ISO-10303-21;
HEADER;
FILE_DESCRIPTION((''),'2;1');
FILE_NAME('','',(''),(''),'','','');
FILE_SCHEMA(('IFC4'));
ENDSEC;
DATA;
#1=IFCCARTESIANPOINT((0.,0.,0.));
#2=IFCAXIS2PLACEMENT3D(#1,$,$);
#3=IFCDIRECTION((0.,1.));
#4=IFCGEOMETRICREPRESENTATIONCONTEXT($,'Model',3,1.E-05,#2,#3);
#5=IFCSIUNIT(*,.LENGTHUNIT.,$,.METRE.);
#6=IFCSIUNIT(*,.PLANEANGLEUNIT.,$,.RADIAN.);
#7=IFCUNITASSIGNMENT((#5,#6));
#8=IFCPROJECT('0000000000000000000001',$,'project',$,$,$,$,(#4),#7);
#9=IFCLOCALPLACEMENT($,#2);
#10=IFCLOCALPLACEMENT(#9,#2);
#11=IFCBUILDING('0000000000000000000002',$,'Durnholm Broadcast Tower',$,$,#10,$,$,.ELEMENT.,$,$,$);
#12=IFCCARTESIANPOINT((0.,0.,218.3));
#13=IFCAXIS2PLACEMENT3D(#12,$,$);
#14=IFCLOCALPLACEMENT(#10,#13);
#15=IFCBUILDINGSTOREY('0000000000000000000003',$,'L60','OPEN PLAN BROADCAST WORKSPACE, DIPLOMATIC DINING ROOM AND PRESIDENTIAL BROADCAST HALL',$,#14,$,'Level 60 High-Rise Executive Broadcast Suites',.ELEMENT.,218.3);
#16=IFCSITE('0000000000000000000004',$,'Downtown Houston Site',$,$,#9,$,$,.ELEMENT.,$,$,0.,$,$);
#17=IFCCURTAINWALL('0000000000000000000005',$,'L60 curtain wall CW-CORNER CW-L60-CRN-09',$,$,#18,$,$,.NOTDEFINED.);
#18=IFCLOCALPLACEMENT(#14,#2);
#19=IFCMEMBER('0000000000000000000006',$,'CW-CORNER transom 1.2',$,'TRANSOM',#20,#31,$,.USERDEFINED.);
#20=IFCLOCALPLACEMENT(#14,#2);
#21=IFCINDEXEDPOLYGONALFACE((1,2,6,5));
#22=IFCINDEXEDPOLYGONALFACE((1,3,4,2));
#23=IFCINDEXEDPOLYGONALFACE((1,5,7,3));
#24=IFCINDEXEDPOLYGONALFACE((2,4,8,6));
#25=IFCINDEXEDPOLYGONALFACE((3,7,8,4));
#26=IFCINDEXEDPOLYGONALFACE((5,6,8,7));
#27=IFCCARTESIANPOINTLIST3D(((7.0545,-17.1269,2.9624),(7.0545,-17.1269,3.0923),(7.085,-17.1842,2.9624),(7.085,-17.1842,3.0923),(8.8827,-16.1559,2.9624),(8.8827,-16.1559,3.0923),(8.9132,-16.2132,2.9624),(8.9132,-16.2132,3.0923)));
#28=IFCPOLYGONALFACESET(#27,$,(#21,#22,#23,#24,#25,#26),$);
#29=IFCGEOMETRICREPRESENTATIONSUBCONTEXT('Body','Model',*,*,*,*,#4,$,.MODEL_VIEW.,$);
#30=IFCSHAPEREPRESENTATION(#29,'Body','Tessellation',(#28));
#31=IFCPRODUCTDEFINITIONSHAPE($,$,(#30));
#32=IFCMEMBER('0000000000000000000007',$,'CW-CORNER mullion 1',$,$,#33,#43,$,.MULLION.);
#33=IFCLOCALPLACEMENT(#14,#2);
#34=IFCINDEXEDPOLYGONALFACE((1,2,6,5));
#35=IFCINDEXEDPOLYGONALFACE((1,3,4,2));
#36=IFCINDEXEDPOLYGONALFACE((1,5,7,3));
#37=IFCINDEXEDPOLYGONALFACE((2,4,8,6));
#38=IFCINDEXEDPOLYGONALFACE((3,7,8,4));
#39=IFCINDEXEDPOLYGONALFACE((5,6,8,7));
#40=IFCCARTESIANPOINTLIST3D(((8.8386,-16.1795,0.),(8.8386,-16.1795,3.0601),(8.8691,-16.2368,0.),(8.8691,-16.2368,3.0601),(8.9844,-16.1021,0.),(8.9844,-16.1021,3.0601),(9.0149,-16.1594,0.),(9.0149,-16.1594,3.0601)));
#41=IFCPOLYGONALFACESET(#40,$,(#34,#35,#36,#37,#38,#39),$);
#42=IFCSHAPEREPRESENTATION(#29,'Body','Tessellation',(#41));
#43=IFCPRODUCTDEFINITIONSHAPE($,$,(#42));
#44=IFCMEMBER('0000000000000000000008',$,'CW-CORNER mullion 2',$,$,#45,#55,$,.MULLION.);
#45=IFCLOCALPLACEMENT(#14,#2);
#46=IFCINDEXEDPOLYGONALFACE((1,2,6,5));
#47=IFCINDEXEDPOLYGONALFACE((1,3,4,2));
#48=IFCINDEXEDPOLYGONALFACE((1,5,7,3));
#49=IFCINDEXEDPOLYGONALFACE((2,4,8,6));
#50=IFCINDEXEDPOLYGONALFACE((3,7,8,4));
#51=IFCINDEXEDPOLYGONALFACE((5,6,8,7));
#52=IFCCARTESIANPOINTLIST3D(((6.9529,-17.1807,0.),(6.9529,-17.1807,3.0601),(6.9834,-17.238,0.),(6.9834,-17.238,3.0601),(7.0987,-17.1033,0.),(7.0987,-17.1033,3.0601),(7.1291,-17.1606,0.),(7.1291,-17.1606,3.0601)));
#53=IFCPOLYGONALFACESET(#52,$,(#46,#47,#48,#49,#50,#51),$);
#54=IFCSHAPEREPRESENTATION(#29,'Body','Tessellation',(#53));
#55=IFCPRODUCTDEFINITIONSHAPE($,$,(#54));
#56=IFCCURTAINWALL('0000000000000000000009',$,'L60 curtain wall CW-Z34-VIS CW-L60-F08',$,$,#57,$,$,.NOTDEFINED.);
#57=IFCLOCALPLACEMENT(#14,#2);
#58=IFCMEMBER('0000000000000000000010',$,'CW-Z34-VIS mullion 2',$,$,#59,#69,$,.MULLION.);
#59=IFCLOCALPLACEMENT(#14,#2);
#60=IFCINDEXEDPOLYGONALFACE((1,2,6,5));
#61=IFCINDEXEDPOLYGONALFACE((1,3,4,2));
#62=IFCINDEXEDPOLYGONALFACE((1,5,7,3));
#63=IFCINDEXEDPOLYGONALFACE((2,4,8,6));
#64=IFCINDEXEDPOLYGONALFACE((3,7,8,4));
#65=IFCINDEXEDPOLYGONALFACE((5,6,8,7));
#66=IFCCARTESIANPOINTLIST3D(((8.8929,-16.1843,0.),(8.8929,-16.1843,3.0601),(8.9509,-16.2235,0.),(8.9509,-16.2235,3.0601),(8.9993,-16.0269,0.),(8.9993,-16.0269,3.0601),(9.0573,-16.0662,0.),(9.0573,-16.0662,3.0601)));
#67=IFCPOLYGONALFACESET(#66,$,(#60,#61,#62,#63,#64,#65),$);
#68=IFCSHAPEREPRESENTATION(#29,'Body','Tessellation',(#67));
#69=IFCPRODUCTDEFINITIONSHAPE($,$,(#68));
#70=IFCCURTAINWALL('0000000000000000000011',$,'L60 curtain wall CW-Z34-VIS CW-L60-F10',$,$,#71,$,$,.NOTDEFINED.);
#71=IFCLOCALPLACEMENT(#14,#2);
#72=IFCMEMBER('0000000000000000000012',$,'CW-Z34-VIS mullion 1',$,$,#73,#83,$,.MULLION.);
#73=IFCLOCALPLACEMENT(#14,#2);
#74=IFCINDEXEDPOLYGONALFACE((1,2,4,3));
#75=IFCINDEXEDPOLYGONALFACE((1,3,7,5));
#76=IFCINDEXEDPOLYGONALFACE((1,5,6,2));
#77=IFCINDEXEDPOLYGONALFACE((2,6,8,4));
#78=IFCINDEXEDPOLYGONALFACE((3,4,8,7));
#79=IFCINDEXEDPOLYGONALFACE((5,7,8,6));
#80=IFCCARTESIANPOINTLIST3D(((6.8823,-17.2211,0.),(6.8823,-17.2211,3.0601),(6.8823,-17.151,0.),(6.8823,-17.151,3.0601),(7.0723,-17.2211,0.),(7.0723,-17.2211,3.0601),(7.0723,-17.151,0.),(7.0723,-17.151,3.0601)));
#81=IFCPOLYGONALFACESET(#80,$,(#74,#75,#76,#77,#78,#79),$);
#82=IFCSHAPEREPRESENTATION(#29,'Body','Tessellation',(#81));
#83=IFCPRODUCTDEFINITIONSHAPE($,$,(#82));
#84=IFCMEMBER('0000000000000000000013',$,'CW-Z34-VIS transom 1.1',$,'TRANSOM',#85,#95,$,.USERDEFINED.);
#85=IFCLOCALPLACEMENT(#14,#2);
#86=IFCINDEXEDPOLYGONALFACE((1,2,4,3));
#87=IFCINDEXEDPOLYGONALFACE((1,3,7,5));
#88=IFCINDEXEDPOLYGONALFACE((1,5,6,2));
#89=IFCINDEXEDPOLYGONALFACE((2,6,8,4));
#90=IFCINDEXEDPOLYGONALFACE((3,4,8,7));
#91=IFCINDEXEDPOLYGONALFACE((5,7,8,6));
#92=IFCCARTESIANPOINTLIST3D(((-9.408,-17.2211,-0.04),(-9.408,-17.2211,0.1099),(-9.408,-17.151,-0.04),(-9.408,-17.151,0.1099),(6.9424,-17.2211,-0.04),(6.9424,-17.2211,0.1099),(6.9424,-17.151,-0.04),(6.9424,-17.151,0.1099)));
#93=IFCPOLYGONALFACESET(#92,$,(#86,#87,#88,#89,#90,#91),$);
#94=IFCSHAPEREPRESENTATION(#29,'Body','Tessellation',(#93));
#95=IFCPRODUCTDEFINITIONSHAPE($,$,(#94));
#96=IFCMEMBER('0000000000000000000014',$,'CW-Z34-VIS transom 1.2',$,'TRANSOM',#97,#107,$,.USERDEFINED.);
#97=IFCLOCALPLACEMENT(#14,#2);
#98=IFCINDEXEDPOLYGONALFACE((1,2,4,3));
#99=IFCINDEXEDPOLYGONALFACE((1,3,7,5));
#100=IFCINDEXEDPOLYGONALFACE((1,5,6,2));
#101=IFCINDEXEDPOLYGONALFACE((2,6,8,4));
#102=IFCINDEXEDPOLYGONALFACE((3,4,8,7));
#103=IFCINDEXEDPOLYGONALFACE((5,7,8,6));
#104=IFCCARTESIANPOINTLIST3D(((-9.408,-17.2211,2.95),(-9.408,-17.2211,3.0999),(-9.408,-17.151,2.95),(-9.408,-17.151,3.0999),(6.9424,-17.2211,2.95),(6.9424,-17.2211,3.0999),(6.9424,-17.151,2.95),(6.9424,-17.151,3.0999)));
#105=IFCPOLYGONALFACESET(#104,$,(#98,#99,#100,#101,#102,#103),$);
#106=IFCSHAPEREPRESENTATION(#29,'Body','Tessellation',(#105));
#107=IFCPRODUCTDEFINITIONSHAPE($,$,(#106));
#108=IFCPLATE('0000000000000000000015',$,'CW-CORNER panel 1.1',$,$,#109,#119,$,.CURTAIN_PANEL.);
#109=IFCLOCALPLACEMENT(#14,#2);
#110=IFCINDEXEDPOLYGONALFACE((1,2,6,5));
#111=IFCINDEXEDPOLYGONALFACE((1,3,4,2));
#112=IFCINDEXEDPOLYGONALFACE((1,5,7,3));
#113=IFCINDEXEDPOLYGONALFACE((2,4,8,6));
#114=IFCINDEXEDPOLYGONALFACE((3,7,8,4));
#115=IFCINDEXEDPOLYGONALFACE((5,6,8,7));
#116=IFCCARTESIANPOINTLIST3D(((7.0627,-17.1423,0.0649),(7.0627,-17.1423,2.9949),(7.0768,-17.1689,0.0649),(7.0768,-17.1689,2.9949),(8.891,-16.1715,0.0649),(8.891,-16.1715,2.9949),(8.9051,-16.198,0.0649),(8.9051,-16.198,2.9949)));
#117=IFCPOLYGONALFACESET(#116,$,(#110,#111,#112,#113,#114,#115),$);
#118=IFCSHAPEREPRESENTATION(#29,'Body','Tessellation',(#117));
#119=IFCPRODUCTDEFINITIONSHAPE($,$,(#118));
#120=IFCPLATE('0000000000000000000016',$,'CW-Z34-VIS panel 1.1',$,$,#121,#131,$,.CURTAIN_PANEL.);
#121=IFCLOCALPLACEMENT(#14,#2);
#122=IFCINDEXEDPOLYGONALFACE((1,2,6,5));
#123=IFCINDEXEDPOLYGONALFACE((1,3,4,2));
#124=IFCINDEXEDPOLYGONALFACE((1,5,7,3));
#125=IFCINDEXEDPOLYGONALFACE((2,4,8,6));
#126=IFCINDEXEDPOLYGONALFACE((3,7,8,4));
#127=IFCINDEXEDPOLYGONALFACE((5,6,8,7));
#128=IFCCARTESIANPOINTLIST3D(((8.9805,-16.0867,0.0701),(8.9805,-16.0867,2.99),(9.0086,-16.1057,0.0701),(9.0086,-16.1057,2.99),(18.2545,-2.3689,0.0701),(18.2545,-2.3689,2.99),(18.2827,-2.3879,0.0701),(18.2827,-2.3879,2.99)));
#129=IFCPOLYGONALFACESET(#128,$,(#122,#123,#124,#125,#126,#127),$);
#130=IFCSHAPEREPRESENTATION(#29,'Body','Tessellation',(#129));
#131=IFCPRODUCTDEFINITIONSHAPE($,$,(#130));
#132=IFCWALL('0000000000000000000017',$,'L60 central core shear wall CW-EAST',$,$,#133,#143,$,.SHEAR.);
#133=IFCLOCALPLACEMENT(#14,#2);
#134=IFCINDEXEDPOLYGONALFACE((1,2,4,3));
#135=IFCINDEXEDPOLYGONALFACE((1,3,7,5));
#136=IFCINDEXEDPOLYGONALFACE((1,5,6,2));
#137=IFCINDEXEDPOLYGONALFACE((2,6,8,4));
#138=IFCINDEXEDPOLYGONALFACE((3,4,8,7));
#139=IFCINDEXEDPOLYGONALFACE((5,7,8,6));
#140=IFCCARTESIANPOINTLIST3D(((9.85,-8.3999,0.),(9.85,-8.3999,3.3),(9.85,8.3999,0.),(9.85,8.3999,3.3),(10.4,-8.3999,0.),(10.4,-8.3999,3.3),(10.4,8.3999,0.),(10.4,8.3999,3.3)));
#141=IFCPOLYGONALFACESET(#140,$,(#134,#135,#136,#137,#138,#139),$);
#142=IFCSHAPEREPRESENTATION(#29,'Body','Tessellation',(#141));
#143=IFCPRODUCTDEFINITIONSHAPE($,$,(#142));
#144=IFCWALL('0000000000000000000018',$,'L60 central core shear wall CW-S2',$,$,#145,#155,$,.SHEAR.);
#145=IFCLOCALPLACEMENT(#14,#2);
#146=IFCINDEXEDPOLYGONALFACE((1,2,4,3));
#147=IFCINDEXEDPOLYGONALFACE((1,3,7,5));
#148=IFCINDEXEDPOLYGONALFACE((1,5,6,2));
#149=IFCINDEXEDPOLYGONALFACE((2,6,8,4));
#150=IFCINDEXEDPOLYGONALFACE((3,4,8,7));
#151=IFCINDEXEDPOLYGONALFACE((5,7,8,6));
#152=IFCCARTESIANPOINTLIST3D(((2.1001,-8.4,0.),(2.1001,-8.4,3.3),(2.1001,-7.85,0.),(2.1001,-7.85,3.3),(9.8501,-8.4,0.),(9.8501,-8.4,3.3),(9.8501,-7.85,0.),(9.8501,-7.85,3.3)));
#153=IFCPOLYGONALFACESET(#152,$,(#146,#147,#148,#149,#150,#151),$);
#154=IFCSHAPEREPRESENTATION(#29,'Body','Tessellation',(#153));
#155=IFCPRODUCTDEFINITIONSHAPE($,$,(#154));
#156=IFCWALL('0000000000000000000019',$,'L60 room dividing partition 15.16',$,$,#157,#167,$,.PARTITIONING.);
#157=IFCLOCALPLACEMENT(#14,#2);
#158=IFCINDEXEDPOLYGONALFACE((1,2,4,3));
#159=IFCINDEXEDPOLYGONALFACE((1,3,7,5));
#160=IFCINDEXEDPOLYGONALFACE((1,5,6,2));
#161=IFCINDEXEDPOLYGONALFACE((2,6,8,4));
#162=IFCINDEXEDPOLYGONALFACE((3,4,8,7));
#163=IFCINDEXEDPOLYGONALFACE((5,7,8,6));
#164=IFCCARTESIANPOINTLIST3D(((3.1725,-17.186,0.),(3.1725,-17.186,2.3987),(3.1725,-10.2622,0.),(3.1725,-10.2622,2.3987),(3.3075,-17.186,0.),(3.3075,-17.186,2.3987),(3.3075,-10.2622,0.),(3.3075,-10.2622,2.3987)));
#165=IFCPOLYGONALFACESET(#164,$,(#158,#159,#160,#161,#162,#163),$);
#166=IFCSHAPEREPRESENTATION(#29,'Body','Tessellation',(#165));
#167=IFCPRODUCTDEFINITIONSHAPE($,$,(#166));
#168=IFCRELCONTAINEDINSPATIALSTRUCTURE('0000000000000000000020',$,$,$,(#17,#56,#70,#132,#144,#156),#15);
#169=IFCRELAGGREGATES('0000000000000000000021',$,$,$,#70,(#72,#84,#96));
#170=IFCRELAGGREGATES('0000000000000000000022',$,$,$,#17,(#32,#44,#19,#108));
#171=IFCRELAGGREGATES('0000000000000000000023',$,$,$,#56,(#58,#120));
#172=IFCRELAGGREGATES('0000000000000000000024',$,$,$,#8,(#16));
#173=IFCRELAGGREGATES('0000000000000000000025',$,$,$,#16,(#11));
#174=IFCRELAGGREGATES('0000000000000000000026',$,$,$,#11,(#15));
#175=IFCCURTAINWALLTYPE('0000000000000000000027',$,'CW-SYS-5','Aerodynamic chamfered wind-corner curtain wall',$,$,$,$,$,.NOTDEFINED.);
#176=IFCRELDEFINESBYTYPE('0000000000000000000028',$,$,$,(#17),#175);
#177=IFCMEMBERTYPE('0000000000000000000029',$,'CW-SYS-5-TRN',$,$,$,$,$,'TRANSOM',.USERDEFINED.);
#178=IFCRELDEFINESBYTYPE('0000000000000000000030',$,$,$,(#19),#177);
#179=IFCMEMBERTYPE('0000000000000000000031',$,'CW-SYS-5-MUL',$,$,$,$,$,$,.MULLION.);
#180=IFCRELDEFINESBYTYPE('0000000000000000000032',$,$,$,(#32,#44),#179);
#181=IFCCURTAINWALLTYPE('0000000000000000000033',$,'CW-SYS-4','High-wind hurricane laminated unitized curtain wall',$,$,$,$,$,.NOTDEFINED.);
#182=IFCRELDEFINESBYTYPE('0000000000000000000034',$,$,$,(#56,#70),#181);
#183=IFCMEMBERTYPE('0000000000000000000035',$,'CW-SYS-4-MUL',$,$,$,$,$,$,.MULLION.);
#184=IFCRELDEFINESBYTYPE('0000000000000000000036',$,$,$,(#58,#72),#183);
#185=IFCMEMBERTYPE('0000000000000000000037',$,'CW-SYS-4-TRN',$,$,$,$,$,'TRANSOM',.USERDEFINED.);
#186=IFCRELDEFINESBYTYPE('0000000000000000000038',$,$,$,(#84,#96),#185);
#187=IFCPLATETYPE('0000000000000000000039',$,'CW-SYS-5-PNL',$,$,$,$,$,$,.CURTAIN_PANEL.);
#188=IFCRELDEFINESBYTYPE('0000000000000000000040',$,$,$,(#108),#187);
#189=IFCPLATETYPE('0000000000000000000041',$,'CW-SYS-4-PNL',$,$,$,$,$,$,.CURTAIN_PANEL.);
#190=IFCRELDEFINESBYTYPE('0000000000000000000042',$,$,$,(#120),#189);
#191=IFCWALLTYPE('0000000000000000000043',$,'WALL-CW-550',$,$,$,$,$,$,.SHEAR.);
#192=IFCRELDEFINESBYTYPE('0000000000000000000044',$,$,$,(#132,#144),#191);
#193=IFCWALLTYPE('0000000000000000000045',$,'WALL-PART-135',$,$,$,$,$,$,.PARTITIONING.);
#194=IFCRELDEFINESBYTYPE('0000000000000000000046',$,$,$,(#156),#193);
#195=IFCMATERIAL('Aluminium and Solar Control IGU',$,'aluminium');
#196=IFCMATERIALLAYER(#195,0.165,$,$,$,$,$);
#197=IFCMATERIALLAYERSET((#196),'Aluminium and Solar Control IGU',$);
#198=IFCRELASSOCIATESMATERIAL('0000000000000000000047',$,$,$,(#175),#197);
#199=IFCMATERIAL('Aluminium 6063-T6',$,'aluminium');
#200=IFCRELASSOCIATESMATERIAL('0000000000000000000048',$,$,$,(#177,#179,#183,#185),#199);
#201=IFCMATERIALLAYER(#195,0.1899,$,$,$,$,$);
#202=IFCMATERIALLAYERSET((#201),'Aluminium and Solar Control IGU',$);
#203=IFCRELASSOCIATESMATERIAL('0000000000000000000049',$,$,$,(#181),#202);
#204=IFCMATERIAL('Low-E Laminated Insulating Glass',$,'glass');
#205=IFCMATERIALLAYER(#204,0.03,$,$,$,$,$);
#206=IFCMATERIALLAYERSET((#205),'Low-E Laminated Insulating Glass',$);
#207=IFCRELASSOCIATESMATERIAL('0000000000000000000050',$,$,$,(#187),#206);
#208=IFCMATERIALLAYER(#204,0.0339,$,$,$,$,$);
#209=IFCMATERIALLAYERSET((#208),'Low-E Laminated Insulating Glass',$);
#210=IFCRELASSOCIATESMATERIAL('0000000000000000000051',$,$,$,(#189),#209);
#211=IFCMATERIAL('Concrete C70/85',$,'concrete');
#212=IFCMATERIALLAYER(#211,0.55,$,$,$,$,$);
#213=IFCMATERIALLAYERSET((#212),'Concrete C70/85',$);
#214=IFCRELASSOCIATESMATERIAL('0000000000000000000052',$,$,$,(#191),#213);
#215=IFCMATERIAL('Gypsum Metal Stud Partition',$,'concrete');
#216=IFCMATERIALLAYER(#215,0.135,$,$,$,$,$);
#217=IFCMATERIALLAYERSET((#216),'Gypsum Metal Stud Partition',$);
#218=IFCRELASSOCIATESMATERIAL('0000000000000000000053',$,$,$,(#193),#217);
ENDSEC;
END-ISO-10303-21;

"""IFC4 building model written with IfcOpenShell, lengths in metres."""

from ifc_helpers import new_model, si_unit, direction, frame, frame_2d, origin, origin_2d, place, context, subcontext, project, spatial, rectangle, extrude, source, transform, mapped, material, layer, layer_set, material_profile, profile_set, type_object, type_shapes, element, aggregate, save


model = new_model("IFC4")

# Units and contexts
model_context = context("Model", 3, precision=1e-05, world=origin(), true_north=direction((0.0, 1.0)))
body_context = subcontext(model_context, "Body", "Model", "MODEL_VIEW")
ifc_project = project(units=[si_unit("LENGTHUNIT", "METRE"), si_unit("PLANEANGLEUNIT", "RADIAN")], contexts=[model_context])

# Site, building, storey
site_placement = place(None, origin())
site = spatial("IfcSite", under=ifc_project, at=site_placement, Name="Downtown Houston Site", CompositionType="ELEMENT", RefElevation=0.0)
building_placement = place(site_placement, origin())
building = spatial("IfcBuilding", under=site, at=building_placement, Name="Durnholm Broadcast Tower", CompositionType="ELEMENT")
storey_placement = place(building_placement, frame((0.0, 0.0, 218.3)))
storey = spatial("IfcBuildingStorey", under=building, at=storey_placement, Name="L60", Description="OPEN PLAN BROADCAST WORKSPACE, DIPLOMATIC DINING ROOM AND PRESIDENTIAL BROADCAST HALL", LongName="Level 60 High-Rise Executive Broadcast Suites", CompositionType="ELEMENT", Elevation=218.3)

# Shared definitions
ifc_material_1 = material(Name="Concrete C70/85", Category="concrete")

# Curtain wall, members
ifc_material_2 = material(Name="Aluminium and Solar Control IGU", Category="aluminium")
ifc_layer_1 = layer(ifc_material_2, 0.165)
ifc_layer_set_1 = layer_set([ifc_layer_1], Name="Aluminium and Solar Control IGU")
curtain_wall_type_1 = type_object("IfcCurtainWallType", Name="CW-SYS-5", Description="Aerodynamic chamfered wind-corner curtain wall", PredefinedType="NOTDEFINED", material=ifc_layer_set_1)
curtain_wall_1_placement = place(storey_placement, origin())
curtain_wall_1 = element("IfcCurtainWall", 1, at=curtain_wall_1_placement, inside=storey, type_object=curtain_wall_type_1, Name="L60 curtain wall CW-CORNER CW-L60-CRN-09", PredefinedType="NOTDEFINED")
ifc_material_3 = material(Name="Aluminium 6063-T6", Category="aluminium")
ifc_material_profile_1 = material_profile(ifc_material_3, rectangle(XDim=0.0649, YDim=0.1299, at=origin_2d()), Name="CWT65X130")
ifc_profile_set_1 = profile_set([ifc_material_profile_1], Name="Aluminium 6063-T6")
member_type_1 = type_object("IfcMemberType", Name="CW-SYS-5-TRN", ElementType="TRANSOM", PredefinedType="USERDEFINED", material=ifc_profile_set_1)
shared_shape_1 = source(origin(), body_context, "Body", "SweptSolid", [
    extrude(rectangle(XDim=0.0649, YDim=0.1299, at=origin_2d()), origin(), (0.0, 0.0, 1.0), 2.0701),
])
type_shapes(member_type_1, [shared_shape_1])
member_1_placement = place(storey_placement, frame((8.8979, -16.1846, 3.0273), z_axis=(-0.883165, -0.469063, 0.0), x_axis=(0.469063, -0.883165, 0.0)))
member_1 = element("IfcMember", 2, at=member_1_placement, type_object=member_type_1, Name="CW-CORNER transom 1.2", ObjectType="TRANSOM", PredefinedType="USERDEFINED", context=body_context, shape_type="MappedRepresentation", body=[
    mapped(shared_shape_1, transform((0.0, 0.0, 0.0), x_axis=(1.0, 0.0, 0.0), y_axis=(0.0, 1.0, 0.0), z_axis=(0.0, 0.0, 1.0), scale=1.0)),
])
ifc_material_profile_2 = material_profile(ifc_material_3, rectangle(XDim=0.0649, YDim=0.165, at=origin_2d()), Name="CWM65X165")
ifc_profile_set_2 = profile_set([ifc_material_profile_2], Name="Aluminium 6063-T6")
member_type_2 = type_object("IfcMemberType", Name="CW-SYS-5-MUL", PredefinedType="MULLION", material=ifc_profile_set_2)
shared_shape_2 = source(origin(), body_context, "Body", "SweptSolid", [
    extrude(rectangle(XDim=0.0649, YDim=0.165, at=origin_2d()), origin(), (0.0, 0.0, 1.0), 3.0601),
])
type_shapes(member_type_2, [shared_shape_2])
member_2_placement = place(storey_placement, frame((8.9268, -16.1694, 0.0), z_axis=(0.0, 0.0, 1.0), x_axis=(0.469007, -0.883195, 0.0)))
member_2 = element("IfcMember", 3, at=member_2_placement, type_object=member_type_2, Name="CW-CORNER mullion 1", PredefinedType="MULLION", context=body_context, shape_type="MappedRepresentation", body=[
    mapped(shared_shape_2, transform((0.0, 0.0, 0.0), x_axis=(1.0, 0.0, 0.0), y_axis=(0.0, 1.0, 0.0), z_axis=(0.0, 0.0, 1.0), scale=1.0)),
])
member_3_placement = place(storey_placement, frame((7.041, -17.1707, 0.0), z_axis=(0.0, 0.0, 1.0), x_axis=(0.469007, -0.883195, 0.0)))
member_3 = element("IfcMember", 4, at=member_3_placement, type_object=member_type_2, Name="CW-CORNER mullion 2", PredefinedType="MULLION", context=body_context, shape_type="MappedRepresentation", body=[
    mapped(shared_shape_2, transform((0.0, 0.0, 0.0), x_axis=(1.0, 0.0, 0.0), y_axis=(0.0, 1.0, 0.0), z_axis=(0.0, 0.0, 1.0), scale=1.0)),
])

# Curtain wall, member
ifc_layer_2 = layer(ifc_material_2, 0.1899)
ifc_layer_set_2 = layer_set([ifc_layer_2], Name="Aluminium and Solar Control IGU")
curtain_wall_type_2 = type_object("IfcCurtainWallType", Name="CW-SYS-4", Description="High-wind hurricane laminated unitized curtain wall", PredefinedType="NOTDEFINED", material=ifc_layer_set_2)
curtain_wall_2_placement = place(storey_placement, origin())
curtain_wall_2 = element("IfcCurtainWall", 5, at=curtain_wall_2_placement, inside=storey, type_object=curtain_wall_type_2, Name="L60 curtain wall CW-Z34-VIS CW-L60-F08", PredefinedType="NOTDEFINED")
ifc_material_profile_3 = material_profile(ifc_material_3, rectangle(XDim=0.0701, YDim=0.1899, at=origin_2d()), Name="CWM70X190")
ifc_profile_set_3 = profile_set([ifc_material_profile_3], Name="Aluminium 6063-T6")
member_type_3 = type_object("IfcMemberType", Name="CW-SYS-4-MUL", PredefinedType="MULLION", material=ifc_profile_set_3)
shared_shape_3 = source(origin(), body_context, "Body", "SweptSolid", [
    extrude(rectangle(XDim=0.0701, YDim=0.1899, at=origin_2d()), origin(), (0.0, 0.0, 1.0), 3.0601),
])
type_shapes(member_type_3, [shared_shape_3])
member_4_placement = place(storey_placement, frame((8.9751, -16.1252, 0.0), z_axis=(0.0, 0.0, 1.0), x_axis=(0.828443, -0.560073, 0.0)))
member_4 = element("IfcMember", 6, at=member_4_placement, type_object=member_type_3, Name="CW-Z34-VIS mullion 2", PredefinedType="MULLION", context=body_context, shape_type="MappedRepresentation", body=[
    mapped(shared_shape_3, transform((0.0, 0.0, 0.0), x_axis=(1.0, 0.0, 0.0), y_axis=(0.0, 1.0, 0.0), z_axis=(0.0, 0.0, 1.0), scale=1.0)),
])

# Curtain wall, members
curtain_wall_3_placement = place(storey_placement, origin())
curtain_wall_3 = element("IfcCurtainWall", 7, at=curtain_wall_3_placement, inside=storey, type_object=curtain_wall_type_2, Name="L60 curtain wall CW-Z34-VIS CW-L60-F10", PredefinedType="NOTDEFINED")
member_5_placement = place(storey_placement, frame((6.9773, -17.186, 0.0), z_axis=(0.0, 0.0, 1.0), x_axis=(0.0, -1.0, 0.0)))
member_5 = element("IfcMember", 8, at=member_5_placement, type_object=member_type_3, Name="CW-Z34-VIS mullion 1", PredefinedType="MULLION", context=body_context, shape_type="MappedRepresentation", body=[
    mapped(shared_shape_3, transform((0.0, 0.0, 0.0), x_axis=(1.0, 0.0, 0.0), y_axis=(0.0, 1.0, 0.0), z_axis=(0.0, 0.0, 1.0), scale=1.0)),
])
ifc_material_profile_4 = material_profile(ifc_material_3, rectangle(XDim=0.0701, YDim=0.1499, at=origin_2d()), Name="CWT70X150")
ifc_profile_set_4 = profile_set([ifc_material_profile_4], Name="Aluminium 6063-T6")
member_type_4 = type_object("IfcMemberType", Name="CW-SYS-4-TRN", ElementType="TRANSOM", PredefinedType="USERDEFINED", material=ifc_profile_set_4)
shared_shape_4 = source(origin(), body_context, "Body", "SweptSolid", [
    extrude(rectangle(XDim=0.0701, YDim=0.1499, at=origin_2d()), origin(), (0.0, 0.0, 1.0), 16.3503),
])
type_shapes(member_type_4, [shared_shape_4])
member_6_placement = place(storey_placement, frame((6.9424, -17.186, 0.0349), z_axis=(-1.0, 0.0, 0.0), x_axis=(0.0, -1.0, 0.0)))
member_6 = element("IfcMember", 9, at=member_6_placement, type_object=member_type_4, Name="CW-Z34-VIS transom 1.1", ObjectType="TRANSOM", PredefinedType="USERDEFINED", context=body_context, shape_type="MappedRepresentation", body=[
    mapped(shared_shape_4, transform((0.0, 0.0, 0.0), x_axis=(1.0, 0.0, 0.0), y_axis=(0.0, 1.0, 0.0), z_axis=(0.0, 0.0, 1.0), scale=1.0)),
])
member_7_placement = place(storey_placement, frame((6.9424, -17.186, 3.0249), z_axis=(-1.0, 0.0, 0.0), x_axis=(0.0, -1.0, 0.0)))
member_7 = element("IfcMember", 10, at=member_7_placement, type_object=member_type_4, Name="CW-Z34-VIS transom 1.2", ObjectType="TRANSOM", PredefinedType="USERDEFINED", context=body_context, shape_type="MappedRepresentation", body=[
    mapped(shared_shape_4, transform((0.0, 0.0, 0.0), x_axis=(1.0, 0.0, 0.0), y_axis=(0.0, 1.0, 0.0), z_axis=(0.0, 0.0, 1.0), scale=1.0)),
])
aggregate(curtain_wall_3, [member_5, member_6, member_7])

# Plates
ifc_material_4 = material(Name="Low-E Laminated Insulating Glass", Category="glass")
ifc_layer_3 = layer(ifc_material_4, 0.03)
ifc_layer_set_3 = layer_set([ifc_layer_3], Name="Low-E Laminated Insulating Glass")
plate_type_1 = type_object("IfcPlateType", Name="CW-SYS-5-PNL", PredefinedType="CURTAIN_PANEL", material=ifc_layer_set_3)
shared_shape_5 = source(origin(), body_context, "Body", "SweptSolid", [
    extrude(rectangle(XDim=2.0701, YDim=0.03, at=origin_2d()), origin(), (0.0, 0.0, 1.0), 2.9299),
])
type_shapes(plate_type_1, [shared_shape_5])
plate_1_placement = place(storey_placement, frame((7.9839, -16.6702, 0.0649), z_axis=(0.0, 0.0, 1.0), x_axis=(-0.883195, -0.469007, 0.0)))
plate_1 = element("IfcPlate", 11, at=plate_1_placement, type_object=plate_type_1, Name="CW-CORNER panel 1.1", PredefinedType="CURTAIN_PANEL", context=body_context, shape_type="MappedRepresentation", body=[
    mapped(shared_shape_5, transform((0.0, 0.0, 0.0), x_axis=(1.0, 0.0, 0.0), y_axis=(0.0, 1.0, 0.0), z_axis=(0.0, 0.0, 1.0), scale=1.0)),
])
aggregate(curtain_wall_1, [member_2, member_3, member_1, plate_1])
ifc_layer_4 = layer(ifc_material_4, 0.0339)
ifc_layer_set_4 = layer_set([ifc_layer_4], Name="Low-E Laminated Insulating Glass")
plate_type_2 = type_object("IfcPlateType", Name="CW-SYS-4-PNL", PredefinedType="CURTAIN_PANEL", material=ifc_layer_set_4)
shared_shape_6 = source(origin(), body_context, "Body", "SweptSolid", [
    extrude(rectangle(XDim=16.5586, YDim=0.0339, at=origin_2d()), origin(), (0.0, 0.0, 1.0), 2.9199),
])
type_shapes(plate_type_2, [shared_shape_6])
plate_2_placement = place(storey_placement, frame((13.6316, -9.2373, 0.0701), z_axis=(0.0, 0.0, 1.0), x_axis=(-0.560073, -0.828443, 0.0)))
plate_2 = element("IfcPlate", 12, at=plate_2_placement, type_object=plate_type_2, Name="CW-Z34-VIS panel 1.1", PredefinedType="CURTAIN_PANEL", context=body_context, shape_type="MappedRepresentation", body=[
    mapped(shared_shape_6, transform((0.0, 0.0, 0.0), x_axis=(1.0, 0.0, 0.0), y_axis=(0.0, 1.0, 0.0), z_axis=(0.0, 0.0, 1.0), scale=1.0)),
])
aggregate(curtain_wall_2, [member_4, plate_2])

# Walls
ifc_layer_5 = layer(ifc_material_1, 0.55)
ifc_layer_set_5 = layer_set([ifc_layer_5], Name="Concrete C70/85")
wall_type_1 = type_object("IfcWallType", Name="WALL-CW-550", PredefinedType="SHEAR", material=ifc_layer_set_5)
wall_1_placement = place(storey_placement, frame((10.125, -8.3999, 0.0), z_axis=(0.0, 0.0, 1.0), x_axis=(0.0, 1.0, 0.0)))
element("IfcWall", 13, at=wall_1_placement, inside=storey, type_object=wall_type_1, Name="L60 central core shear wall CW-EAST", PredefinedType="SHEAR", context=body_context, shape_type="SweptSolid", body=[
    extrude(rectangle(XDim=16.7998, YDim=0.55, at=frame_2d((8.3999, 0.0))), origin(), (0.0, 0.0, 1.0), 3.3),
])
wall_2_placement = place(storey_placement, frame((2.1001, -8.125, 0.0), z_axis=(0.0, 0.0, 1.0), x_axis=(1.0, 0.0, 0.0)))
element("IfcWall", 14, at=wall_2_placement, inside=storey, type_object=wall_type_1, Name="L60 central core shear wall CW-S2", PredefinedType="SHEAR", context=body_context, shape_type="SweptSolid", body=[
    extrude(rectangle(XDim=7.75, YDim=0.55, at=frame_2d((3.875, 0.0))), origin(), (0.0, 0.0, 1.0), 3.3),
])
ifc_material_5 = material(Name="Gypsum Metal Stud Partition", Category="concrete")
ifc_layer_6 = layer(ifc_material_5, 0.135)
ifc_layer_set_6 = layer_set([ifc_layer_6], Name="Gypsum Metal Stud Partition")
wall_type_2 = type_object("IfcWallType", Name="WALL-PART-135", PredefinedType="PARTITIONING", material=ifc_layer_set_6)
wall_3_placement = place(storey_placement, frame((3.24, -10.2622, 0.0), z_axis=(0.0, 0.0, 1.0), x_axis=(0.0, -1.0, 0.0)))
element("IfcWall", 15, at=wall_3_placement, inside=storey, type_object=wall_type_2, Name="L60 room dividing partition 15.16", PredefinedType="PARTITIONING", context=body_context, shape_type="SweptSolid", body=[
    extrude(rectangle(XDim=6.9238, YDim=0.135, at=frame_2d((3.4619, 0.0))), origin(), (0.0, 0.0, 1.0), 2.3987),
])

save(model, "model.ifc")
